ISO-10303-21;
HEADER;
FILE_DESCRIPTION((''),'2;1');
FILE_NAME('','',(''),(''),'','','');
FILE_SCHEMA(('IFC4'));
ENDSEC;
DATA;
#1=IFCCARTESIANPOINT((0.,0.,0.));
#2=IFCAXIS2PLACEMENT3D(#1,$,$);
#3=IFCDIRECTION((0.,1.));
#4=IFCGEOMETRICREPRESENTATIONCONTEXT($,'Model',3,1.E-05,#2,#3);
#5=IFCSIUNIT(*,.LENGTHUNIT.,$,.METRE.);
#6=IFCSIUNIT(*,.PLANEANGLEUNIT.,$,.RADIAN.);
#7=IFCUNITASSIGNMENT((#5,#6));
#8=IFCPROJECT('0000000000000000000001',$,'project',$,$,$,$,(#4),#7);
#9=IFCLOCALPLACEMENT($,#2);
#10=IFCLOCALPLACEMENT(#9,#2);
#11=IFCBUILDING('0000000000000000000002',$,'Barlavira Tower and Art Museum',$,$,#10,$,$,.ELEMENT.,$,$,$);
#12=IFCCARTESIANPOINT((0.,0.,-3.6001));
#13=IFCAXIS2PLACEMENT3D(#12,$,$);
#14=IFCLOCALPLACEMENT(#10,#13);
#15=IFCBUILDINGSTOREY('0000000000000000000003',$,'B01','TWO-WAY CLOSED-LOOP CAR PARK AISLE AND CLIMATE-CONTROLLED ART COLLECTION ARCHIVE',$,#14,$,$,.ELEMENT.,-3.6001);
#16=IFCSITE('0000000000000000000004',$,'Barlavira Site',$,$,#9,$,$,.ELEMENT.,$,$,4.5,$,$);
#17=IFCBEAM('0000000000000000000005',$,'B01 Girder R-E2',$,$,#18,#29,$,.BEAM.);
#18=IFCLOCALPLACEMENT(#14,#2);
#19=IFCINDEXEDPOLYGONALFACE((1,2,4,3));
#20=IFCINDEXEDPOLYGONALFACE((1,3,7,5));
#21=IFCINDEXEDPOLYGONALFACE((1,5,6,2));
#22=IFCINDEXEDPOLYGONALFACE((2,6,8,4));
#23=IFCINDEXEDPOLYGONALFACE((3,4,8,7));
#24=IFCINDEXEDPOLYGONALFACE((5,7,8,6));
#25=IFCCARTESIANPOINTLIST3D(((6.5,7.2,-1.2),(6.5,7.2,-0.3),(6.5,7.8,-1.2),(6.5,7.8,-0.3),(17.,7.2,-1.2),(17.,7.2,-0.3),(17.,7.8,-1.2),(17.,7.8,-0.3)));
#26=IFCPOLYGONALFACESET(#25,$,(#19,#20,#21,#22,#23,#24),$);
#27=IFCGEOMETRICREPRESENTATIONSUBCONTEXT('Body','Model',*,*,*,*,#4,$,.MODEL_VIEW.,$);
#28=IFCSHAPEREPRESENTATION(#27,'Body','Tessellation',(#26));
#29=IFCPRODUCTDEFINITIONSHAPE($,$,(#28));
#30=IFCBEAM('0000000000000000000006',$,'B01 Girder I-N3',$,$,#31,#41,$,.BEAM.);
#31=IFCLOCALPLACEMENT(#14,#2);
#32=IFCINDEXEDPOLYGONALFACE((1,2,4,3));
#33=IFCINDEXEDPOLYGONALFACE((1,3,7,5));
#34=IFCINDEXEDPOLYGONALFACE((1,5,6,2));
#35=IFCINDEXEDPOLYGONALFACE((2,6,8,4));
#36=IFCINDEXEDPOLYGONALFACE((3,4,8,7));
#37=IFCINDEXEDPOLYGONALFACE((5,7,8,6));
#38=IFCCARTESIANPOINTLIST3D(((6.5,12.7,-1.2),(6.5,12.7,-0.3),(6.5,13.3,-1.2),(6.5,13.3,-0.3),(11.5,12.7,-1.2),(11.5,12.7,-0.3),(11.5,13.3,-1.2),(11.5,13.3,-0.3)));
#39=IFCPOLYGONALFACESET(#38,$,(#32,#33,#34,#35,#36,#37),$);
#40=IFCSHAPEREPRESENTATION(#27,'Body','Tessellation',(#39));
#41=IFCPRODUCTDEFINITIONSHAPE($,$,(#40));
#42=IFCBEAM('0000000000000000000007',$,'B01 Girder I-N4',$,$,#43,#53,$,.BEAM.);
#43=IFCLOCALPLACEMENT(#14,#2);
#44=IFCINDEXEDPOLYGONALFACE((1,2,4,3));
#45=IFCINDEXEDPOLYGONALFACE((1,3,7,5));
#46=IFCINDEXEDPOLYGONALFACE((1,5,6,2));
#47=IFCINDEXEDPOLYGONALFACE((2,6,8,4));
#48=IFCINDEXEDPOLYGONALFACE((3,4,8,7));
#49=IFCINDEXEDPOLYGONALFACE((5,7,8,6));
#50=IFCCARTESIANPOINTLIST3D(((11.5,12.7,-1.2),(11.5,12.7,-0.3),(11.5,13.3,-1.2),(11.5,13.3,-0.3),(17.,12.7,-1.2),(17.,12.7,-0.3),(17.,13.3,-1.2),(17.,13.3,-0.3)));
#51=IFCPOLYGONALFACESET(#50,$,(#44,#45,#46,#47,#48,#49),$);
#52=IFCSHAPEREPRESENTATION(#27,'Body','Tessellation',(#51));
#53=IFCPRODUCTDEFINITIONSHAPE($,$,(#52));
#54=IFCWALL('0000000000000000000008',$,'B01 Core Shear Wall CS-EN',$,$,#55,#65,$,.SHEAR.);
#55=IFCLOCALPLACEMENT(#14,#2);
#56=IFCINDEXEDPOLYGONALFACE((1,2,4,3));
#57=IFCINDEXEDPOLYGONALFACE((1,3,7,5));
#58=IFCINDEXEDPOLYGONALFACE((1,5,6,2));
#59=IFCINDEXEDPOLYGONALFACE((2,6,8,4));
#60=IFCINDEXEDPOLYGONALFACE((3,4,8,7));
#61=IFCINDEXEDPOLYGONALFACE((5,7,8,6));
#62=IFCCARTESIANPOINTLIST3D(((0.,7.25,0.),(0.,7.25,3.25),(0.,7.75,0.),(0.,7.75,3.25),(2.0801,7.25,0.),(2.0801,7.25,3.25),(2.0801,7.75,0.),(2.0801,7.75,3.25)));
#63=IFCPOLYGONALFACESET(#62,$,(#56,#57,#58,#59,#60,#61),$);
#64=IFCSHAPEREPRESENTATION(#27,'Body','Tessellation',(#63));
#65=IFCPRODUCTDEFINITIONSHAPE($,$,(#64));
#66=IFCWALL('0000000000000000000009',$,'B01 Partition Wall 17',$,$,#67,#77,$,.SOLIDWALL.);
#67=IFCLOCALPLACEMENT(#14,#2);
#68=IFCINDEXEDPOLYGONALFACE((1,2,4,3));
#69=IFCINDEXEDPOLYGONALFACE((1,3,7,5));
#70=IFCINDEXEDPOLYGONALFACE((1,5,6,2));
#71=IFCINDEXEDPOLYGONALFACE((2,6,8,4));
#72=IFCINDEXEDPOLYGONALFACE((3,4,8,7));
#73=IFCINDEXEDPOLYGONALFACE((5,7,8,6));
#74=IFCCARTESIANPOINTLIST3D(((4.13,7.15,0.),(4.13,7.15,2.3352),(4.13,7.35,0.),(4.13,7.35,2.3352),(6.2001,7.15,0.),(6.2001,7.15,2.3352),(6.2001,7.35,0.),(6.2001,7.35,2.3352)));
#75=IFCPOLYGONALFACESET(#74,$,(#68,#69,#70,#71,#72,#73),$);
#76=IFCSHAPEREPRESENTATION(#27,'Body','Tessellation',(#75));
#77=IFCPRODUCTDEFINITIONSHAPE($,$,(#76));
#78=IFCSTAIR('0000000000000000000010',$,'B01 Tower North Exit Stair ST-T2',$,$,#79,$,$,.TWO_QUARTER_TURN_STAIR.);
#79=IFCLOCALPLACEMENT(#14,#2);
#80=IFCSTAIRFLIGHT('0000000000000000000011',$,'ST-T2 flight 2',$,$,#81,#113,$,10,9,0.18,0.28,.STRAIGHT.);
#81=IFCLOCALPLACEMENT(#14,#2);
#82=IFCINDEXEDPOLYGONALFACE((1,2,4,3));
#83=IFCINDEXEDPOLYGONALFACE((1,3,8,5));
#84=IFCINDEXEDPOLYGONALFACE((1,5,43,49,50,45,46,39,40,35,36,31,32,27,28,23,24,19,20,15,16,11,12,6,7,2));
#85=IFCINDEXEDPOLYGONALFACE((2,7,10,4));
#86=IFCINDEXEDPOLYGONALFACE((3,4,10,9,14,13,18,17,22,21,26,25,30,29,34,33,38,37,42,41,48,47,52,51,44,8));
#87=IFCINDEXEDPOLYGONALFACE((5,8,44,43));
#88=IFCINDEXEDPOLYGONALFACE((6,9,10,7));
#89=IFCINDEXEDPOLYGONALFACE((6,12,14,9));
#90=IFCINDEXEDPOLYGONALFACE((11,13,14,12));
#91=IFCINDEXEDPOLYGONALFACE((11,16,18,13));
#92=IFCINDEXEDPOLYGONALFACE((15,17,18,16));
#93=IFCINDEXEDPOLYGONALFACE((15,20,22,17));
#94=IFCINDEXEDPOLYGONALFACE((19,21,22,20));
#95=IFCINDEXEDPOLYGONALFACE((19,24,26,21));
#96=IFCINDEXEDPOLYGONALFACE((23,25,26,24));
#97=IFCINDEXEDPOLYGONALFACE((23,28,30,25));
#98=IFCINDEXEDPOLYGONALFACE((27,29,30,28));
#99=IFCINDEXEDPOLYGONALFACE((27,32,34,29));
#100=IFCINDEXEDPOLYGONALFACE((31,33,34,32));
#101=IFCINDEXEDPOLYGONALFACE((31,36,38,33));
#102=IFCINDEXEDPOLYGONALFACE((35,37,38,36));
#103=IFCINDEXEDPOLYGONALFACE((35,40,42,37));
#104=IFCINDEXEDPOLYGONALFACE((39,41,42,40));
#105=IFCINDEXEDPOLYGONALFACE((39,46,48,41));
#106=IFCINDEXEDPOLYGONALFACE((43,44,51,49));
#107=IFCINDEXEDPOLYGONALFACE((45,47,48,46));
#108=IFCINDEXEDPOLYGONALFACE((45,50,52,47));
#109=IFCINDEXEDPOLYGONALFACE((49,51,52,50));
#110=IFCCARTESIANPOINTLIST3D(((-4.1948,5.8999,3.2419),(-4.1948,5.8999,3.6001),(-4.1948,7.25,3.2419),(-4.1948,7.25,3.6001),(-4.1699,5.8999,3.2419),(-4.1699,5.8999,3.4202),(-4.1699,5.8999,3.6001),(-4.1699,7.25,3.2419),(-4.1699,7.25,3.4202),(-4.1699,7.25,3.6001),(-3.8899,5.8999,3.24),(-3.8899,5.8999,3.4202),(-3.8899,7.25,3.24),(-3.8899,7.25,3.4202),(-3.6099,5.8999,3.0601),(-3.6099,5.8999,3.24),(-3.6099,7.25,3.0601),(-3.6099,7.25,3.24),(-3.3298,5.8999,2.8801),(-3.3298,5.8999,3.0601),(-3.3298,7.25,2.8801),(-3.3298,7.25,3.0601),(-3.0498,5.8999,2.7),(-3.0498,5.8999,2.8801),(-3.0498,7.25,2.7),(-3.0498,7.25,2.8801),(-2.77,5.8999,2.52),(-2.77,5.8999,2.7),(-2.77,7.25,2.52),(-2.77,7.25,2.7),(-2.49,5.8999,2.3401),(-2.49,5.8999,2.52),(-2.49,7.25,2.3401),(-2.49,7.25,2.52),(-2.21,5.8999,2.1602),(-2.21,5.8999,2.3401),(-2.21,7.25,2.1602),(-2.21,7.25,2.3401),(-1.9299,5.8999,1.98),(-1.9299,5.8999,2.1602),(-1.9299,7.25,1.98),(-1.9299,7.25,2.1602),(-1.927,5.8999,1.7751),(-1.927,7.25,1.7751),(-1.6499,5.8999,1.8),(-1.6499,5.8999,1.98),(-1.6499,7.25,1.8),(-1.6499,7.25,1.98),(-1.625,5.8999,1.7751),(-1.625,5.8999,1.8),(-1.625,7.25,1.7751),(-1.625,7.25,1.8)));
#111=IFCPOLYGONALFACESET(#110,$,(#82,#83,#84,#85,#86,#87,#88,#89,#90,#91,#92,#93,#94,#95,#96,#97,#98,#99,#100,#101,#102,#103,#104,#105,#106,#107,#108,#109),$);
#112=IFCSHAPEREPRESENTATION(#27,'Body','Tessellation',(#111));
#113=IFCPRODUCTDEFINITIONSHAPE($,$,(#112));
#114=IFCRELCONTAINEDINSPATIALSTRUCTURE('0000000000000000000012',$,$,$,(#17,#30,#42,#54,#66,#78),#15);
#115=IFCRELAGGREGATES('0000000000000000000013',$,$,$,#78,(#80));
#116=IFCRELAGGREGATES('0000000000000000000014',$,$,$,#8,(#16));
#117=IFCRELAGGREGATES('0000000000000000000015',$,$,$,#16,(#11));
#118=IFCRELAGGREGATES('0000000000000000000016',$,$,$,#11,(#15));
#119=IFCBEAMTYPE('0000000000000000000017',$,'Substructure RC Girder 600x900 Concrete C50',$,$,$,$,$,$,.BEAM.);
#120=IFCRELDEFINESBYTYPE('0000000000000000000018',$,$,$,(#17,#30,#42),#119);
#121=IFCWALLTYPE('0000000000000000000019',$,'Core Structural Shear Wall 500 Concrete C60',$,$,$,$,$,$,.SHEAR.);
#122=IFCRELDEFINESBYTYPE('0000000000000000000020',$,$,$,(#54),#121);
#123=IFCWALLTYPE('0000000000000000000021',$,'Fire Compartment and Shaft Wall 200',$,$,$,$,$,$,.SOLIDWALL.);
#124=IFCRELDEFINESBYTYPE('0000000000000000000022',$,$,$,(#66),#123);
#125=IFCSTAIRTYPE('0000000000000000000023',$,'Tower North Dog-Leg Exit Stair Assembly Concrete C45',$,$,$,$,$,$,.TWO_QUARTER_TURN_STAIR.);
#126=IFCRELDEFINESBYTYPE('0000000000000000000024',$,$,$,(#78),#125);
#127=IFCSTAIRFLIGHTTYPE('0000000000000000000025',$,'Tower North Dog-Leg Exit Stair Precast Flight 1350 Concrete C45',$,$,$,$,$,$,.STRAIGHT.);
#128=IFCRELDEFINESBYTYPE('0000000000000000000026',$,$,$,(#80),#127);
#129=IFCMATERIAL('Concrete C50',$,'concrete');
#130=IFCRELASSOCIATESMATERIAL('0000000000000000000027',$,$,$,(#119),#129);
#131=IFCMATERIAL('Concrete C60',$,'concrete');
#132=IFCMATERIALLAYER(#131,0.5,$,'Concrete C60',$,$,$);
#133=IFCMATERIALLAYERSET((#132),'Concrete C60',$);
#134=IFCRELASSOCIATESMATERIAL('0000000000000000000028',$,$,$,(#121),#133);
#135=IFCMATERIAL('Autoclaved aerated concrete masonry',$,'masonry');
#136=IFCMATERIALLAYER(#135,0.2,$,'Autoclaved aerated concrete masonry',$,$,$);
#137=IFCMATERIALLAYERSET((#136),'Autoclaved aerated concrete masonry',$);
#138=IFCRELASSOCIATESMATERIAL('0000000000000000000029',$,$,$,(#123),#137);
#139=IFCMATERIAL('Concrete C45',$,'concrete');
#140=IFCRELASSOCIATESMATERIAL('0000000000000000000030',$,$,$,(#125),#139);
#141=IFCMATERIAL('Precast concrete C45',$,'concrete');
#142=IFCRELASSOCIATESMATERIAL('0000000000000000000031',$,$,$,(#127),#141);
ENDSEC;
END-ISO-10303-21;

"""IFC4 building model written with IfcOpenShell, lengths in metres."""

from ifc_helpers import new_model, si_unit, direction, frame, frame_2d, origin, origin_2d, place, context, subcontext, project, spatial, polyline, rectangle, outline, extrude, material, layer, layer_set, material_profile, profile_set, type_object, element, aggregate, save


model = new_model("IFC4")

# Units and contexts
model_context = context("Model", 3, precision=1e-05, world=origin(), true_north=direction((0.0, 1.0)))
body_context = subcontext(model_context, "Body", "Model", "MODEL_VIEW")
ifc_project = project(units=[si_unit("LENGTHUNIT", "METRE"), si_unit("PLANEANGLEUNIT", "RADIAN")], contexts=[model_context])

# Site, building, storey
site_placement = place(None, origin())
site = spatial("IfcSite", under=ifc_project, at=site_placement, Name="Barlavira Site", CompositionType="ELEMENT", RefElevation=4.5)
building_placement = place(site_placement, origin())
building = spatial("IfcBuilding", under=site, at=building_placement, Name="Barlavira Tower and Art Museum", CompositionType="ELEMENT")
storey_placement = place(building_placement, frame((0.0, 0.0, -3.6001)))
storey = spatial("IfcBuildingStorey", under=building, at=storey_placement, Name="B01", Description="TWO-WAY CLOSED-LOOP CAR PARK AISLE AND CLIMATE-CONTROLLED ART COLLECTION ARCHIVE", CompositionType="ELEMENT", Elevation=-3.6001)

# Shared definitions
ifc_material_1 = material(Name="Concrete C60", Category="concrete")
ifc_material_2 = material(Name="Concrete C50", Category="concrete")

# Beams
ifc_material_profile_1 = material_profile(ifc_material_2, rectangle(XDim=0.6001, YDim=0.8999, at=origin_2d()), Name="RC-BM 600x900")
ifc_profile_set_1 = profile_set([ifc_material_profile_1], Name="Concrete C50")
beam_type_1 = type_object("IfcBeamType", Name="Substructure RC Girder 600x900 Concrete C50", PredefinedType="BEAM", material=ifc_profile_set_1)
beam_1_placement = place(storey_placement, frame((6.5, 7.5, -0.75), z_axis=(1.0, 0.0, 0.0), x_axis=(0.0, 1.0, 0.0)))
element("IfcBeam", 1, at=beam_1_placement, inside=storey, type_object=beam_type_1, Name="B01 Girder R-E2", PredefinedType="BEAM", context=body_context, shape_type="SweptSolid", body=[
    extrude(rectangle(XDim=0.6001, YDim=0.8999, at=origin_2d()), origin(), (0.0, 0.0, 1.0), 10.5),
])
beam_2_placement = place(storey_placement, frame((6.5, 13.0, -0.75), z_axis=(1.0, 0.0, 0.0), x_axis=(0.0, 1.0, 0.0)))
element("IfcBeam", 2, at=beam_2_placement, inside=storey, type_object=beam_type_1, Name="B01 Girder I-N3", PredefinedType="BEAM", context=body_context, shape_type="SweptSolid", body=[
    extrude(rectangle(XDim=0.6001, YDim=0.8999, at=origin_2d()), origin(), (0.0, 0.0, 1.0), 5.0),
])
beam_3_placement = place(storey_placement, frame((11.5, 13.0, -0.75), z_axis=(1.0, 0.0, 0.0), x_axis=(0.0, 1.0, 0.0)))
element("IfcBeam", 3, at=beam_3_placement, inside=storey, type_object=beam_type_1, Name="B01 Girder I-N4", PredefinedType="BEAM", context=body_context, shape_type="SweptSolid", body=[
    extrude(rectangle(XDim=0.6001, YDim=0.8999, at=origin_2d()), origin(), (0.0, 0.0, 1.0), 5.5),
])

# Walls
ifc_layer_1 = layer(ifc_material_1, 0.5, Name="Concrete C60")
ifc_layer_set_1 = layer_set([ifc_layer_1], Name="Concrete C60")
wall_type_1 = type_object("IfcWallType", Name="Core Structural Shear Wall 500 Concrete C60", PredefinedType="SHEAR", material=ifc_layer_set_1)
wall_1_placement = place(storey_placement, frame((0.0, 7.5, 0.0), z_axis=(0.0, 0.0, 1.0), x_axis=(1.0, 0.0, 0.0)))
element("IfcWall", 4, at=wall_1_placement, inside=storey, type_object=wall_type_1, Name="B01 Core Shear Wall CS-EN", PredefinedType="SHEAR", context=body_context, shape_type="SweptSolid", body=[
    extrude(rectangle(XDim=2.0801, YDim=0.5, at=frame_2d((1.04, 0.0))), origin(), (0.0, 0.0, 1.0), 3.25),
])
ifc_material_3 = material(Name="Autoclaved aerated concrete masonry", Category="masonry")
ifc_layer_2 = layer(ifc_material_3, 0.2, Name="Autoclaved aerated concrete masonry")
ifc_layer_set_2 = layer_set([ifc_layer_2], Name="Autoclaved aerated concrete masonry")
wall_type_2 = type_object("IfcWallType", Name="Fire Compartment and Shaft Wall 200", PredefinedType="SOLIDWALL", material=ifc_layer_set_2)
wall_2_placement = place(storey_placement, frame((4.1299, 7.25, 0.0), z_axis=(0.0, 0.0, 1.0), x_axis=(1.0, 0.0, 0.0)))
element("IfcWall", 5, at=wall_2_placement, inside=storey, type_object=wall_type_2, Name="B01 Partition Wall 17", PredefinedType="SOLIDWALL", context=body_context, shape_type="SweptSolid", body=[
    extrude(rectangle(XDim=2.0701, YDim=0.2, at=frame_2d((1.0352, 0.0))), origin(), (0.0, 0.0, 1.0), 2.3352),
])

# Stair, stair flight
ifc_material_4 = material(Name="Concrete C45", Category="concrete")
stair_type = type_object("IfcStairType", Name="Tower North Dog-Leg Exit Stair Assembly Concrete C45", PredefinedType="TWO_QUARTER_TURN_STAIR", material=ifc_material_4)
stair_placement = place(storey_placement, origin())
stair = element("IfcStair", 6, at=stair_placement, inside=storey, type_object=stair_type, Name="B01 Tower North Exit Stair ST-T2", PredefinedType="TWO_QUARTER_TURN_STAIR")
ifc_material_5 = material(Name="Precast concrete C45", Category="concrete")
stair_flight_type = type_object("IfcStairFlightType", Name="Tower North Dog-Leg Exit Stair Precast Flight 1350 Concrete C45", PredefinedType="STRAIGHT", material=ifc_material_5)
stair_flight_placement = place(storey_placement, frame((-1.6499, 6.575, 1.8), z_axis=(0.0, 0.0, 1.0), x_axis=(-1.0, 0.0, 0.0)))
stair_flight = element("IfcStairFlight", 7, at=stair_flight_placement, type_object=stair_flight_type, Name="ST-T2 flight 2", NumberOfRisers=10, NumberOfTreads=9, PredefinedType="STRAIGHT", RiserHeight=0.18, TreadLength=0.28, context=body_context, shape_type="SweptSolid", body=[
    extrude(outline(polyline([(-0.0249, 0.0), (0.0, 0.0), (0.0, 0.1799), (0.28, 0.1799), (0.28, 0.3601), (0.5601, 0.3601), (0.5601, 0.54), (0.8401, 0.54), (0.8401, 0.72), (1.1201, 0.72), (1.1201, 0.8999), (1.3999, 0.8999), (1.3999, 1.0801), (1.6799, 1.0801), (1.6799, 1.26), (1.96, 1.26), (1.96, 1.4399), (2.24, 1.4399), (2.24, 1.6201), (2.52, 1.6201), (2.52, 1.8), (2.5449, 1.8), (2.5449, 1.4419), (2.52, 1.4419), (0.2771, -0.0249), (-0.0249, -0.0249), (-0.0249, 0.0)])), frame((0.0, 0.675, 0.0), z_axis=(0.0, -1.0, 0.0), x_axis=(1.0, 0.0, 0.0)), (0.0, 0.0, 1.0), 1.3501),
])
aggregate(stair, [stair_flight])

save(model, "model.ifc")
